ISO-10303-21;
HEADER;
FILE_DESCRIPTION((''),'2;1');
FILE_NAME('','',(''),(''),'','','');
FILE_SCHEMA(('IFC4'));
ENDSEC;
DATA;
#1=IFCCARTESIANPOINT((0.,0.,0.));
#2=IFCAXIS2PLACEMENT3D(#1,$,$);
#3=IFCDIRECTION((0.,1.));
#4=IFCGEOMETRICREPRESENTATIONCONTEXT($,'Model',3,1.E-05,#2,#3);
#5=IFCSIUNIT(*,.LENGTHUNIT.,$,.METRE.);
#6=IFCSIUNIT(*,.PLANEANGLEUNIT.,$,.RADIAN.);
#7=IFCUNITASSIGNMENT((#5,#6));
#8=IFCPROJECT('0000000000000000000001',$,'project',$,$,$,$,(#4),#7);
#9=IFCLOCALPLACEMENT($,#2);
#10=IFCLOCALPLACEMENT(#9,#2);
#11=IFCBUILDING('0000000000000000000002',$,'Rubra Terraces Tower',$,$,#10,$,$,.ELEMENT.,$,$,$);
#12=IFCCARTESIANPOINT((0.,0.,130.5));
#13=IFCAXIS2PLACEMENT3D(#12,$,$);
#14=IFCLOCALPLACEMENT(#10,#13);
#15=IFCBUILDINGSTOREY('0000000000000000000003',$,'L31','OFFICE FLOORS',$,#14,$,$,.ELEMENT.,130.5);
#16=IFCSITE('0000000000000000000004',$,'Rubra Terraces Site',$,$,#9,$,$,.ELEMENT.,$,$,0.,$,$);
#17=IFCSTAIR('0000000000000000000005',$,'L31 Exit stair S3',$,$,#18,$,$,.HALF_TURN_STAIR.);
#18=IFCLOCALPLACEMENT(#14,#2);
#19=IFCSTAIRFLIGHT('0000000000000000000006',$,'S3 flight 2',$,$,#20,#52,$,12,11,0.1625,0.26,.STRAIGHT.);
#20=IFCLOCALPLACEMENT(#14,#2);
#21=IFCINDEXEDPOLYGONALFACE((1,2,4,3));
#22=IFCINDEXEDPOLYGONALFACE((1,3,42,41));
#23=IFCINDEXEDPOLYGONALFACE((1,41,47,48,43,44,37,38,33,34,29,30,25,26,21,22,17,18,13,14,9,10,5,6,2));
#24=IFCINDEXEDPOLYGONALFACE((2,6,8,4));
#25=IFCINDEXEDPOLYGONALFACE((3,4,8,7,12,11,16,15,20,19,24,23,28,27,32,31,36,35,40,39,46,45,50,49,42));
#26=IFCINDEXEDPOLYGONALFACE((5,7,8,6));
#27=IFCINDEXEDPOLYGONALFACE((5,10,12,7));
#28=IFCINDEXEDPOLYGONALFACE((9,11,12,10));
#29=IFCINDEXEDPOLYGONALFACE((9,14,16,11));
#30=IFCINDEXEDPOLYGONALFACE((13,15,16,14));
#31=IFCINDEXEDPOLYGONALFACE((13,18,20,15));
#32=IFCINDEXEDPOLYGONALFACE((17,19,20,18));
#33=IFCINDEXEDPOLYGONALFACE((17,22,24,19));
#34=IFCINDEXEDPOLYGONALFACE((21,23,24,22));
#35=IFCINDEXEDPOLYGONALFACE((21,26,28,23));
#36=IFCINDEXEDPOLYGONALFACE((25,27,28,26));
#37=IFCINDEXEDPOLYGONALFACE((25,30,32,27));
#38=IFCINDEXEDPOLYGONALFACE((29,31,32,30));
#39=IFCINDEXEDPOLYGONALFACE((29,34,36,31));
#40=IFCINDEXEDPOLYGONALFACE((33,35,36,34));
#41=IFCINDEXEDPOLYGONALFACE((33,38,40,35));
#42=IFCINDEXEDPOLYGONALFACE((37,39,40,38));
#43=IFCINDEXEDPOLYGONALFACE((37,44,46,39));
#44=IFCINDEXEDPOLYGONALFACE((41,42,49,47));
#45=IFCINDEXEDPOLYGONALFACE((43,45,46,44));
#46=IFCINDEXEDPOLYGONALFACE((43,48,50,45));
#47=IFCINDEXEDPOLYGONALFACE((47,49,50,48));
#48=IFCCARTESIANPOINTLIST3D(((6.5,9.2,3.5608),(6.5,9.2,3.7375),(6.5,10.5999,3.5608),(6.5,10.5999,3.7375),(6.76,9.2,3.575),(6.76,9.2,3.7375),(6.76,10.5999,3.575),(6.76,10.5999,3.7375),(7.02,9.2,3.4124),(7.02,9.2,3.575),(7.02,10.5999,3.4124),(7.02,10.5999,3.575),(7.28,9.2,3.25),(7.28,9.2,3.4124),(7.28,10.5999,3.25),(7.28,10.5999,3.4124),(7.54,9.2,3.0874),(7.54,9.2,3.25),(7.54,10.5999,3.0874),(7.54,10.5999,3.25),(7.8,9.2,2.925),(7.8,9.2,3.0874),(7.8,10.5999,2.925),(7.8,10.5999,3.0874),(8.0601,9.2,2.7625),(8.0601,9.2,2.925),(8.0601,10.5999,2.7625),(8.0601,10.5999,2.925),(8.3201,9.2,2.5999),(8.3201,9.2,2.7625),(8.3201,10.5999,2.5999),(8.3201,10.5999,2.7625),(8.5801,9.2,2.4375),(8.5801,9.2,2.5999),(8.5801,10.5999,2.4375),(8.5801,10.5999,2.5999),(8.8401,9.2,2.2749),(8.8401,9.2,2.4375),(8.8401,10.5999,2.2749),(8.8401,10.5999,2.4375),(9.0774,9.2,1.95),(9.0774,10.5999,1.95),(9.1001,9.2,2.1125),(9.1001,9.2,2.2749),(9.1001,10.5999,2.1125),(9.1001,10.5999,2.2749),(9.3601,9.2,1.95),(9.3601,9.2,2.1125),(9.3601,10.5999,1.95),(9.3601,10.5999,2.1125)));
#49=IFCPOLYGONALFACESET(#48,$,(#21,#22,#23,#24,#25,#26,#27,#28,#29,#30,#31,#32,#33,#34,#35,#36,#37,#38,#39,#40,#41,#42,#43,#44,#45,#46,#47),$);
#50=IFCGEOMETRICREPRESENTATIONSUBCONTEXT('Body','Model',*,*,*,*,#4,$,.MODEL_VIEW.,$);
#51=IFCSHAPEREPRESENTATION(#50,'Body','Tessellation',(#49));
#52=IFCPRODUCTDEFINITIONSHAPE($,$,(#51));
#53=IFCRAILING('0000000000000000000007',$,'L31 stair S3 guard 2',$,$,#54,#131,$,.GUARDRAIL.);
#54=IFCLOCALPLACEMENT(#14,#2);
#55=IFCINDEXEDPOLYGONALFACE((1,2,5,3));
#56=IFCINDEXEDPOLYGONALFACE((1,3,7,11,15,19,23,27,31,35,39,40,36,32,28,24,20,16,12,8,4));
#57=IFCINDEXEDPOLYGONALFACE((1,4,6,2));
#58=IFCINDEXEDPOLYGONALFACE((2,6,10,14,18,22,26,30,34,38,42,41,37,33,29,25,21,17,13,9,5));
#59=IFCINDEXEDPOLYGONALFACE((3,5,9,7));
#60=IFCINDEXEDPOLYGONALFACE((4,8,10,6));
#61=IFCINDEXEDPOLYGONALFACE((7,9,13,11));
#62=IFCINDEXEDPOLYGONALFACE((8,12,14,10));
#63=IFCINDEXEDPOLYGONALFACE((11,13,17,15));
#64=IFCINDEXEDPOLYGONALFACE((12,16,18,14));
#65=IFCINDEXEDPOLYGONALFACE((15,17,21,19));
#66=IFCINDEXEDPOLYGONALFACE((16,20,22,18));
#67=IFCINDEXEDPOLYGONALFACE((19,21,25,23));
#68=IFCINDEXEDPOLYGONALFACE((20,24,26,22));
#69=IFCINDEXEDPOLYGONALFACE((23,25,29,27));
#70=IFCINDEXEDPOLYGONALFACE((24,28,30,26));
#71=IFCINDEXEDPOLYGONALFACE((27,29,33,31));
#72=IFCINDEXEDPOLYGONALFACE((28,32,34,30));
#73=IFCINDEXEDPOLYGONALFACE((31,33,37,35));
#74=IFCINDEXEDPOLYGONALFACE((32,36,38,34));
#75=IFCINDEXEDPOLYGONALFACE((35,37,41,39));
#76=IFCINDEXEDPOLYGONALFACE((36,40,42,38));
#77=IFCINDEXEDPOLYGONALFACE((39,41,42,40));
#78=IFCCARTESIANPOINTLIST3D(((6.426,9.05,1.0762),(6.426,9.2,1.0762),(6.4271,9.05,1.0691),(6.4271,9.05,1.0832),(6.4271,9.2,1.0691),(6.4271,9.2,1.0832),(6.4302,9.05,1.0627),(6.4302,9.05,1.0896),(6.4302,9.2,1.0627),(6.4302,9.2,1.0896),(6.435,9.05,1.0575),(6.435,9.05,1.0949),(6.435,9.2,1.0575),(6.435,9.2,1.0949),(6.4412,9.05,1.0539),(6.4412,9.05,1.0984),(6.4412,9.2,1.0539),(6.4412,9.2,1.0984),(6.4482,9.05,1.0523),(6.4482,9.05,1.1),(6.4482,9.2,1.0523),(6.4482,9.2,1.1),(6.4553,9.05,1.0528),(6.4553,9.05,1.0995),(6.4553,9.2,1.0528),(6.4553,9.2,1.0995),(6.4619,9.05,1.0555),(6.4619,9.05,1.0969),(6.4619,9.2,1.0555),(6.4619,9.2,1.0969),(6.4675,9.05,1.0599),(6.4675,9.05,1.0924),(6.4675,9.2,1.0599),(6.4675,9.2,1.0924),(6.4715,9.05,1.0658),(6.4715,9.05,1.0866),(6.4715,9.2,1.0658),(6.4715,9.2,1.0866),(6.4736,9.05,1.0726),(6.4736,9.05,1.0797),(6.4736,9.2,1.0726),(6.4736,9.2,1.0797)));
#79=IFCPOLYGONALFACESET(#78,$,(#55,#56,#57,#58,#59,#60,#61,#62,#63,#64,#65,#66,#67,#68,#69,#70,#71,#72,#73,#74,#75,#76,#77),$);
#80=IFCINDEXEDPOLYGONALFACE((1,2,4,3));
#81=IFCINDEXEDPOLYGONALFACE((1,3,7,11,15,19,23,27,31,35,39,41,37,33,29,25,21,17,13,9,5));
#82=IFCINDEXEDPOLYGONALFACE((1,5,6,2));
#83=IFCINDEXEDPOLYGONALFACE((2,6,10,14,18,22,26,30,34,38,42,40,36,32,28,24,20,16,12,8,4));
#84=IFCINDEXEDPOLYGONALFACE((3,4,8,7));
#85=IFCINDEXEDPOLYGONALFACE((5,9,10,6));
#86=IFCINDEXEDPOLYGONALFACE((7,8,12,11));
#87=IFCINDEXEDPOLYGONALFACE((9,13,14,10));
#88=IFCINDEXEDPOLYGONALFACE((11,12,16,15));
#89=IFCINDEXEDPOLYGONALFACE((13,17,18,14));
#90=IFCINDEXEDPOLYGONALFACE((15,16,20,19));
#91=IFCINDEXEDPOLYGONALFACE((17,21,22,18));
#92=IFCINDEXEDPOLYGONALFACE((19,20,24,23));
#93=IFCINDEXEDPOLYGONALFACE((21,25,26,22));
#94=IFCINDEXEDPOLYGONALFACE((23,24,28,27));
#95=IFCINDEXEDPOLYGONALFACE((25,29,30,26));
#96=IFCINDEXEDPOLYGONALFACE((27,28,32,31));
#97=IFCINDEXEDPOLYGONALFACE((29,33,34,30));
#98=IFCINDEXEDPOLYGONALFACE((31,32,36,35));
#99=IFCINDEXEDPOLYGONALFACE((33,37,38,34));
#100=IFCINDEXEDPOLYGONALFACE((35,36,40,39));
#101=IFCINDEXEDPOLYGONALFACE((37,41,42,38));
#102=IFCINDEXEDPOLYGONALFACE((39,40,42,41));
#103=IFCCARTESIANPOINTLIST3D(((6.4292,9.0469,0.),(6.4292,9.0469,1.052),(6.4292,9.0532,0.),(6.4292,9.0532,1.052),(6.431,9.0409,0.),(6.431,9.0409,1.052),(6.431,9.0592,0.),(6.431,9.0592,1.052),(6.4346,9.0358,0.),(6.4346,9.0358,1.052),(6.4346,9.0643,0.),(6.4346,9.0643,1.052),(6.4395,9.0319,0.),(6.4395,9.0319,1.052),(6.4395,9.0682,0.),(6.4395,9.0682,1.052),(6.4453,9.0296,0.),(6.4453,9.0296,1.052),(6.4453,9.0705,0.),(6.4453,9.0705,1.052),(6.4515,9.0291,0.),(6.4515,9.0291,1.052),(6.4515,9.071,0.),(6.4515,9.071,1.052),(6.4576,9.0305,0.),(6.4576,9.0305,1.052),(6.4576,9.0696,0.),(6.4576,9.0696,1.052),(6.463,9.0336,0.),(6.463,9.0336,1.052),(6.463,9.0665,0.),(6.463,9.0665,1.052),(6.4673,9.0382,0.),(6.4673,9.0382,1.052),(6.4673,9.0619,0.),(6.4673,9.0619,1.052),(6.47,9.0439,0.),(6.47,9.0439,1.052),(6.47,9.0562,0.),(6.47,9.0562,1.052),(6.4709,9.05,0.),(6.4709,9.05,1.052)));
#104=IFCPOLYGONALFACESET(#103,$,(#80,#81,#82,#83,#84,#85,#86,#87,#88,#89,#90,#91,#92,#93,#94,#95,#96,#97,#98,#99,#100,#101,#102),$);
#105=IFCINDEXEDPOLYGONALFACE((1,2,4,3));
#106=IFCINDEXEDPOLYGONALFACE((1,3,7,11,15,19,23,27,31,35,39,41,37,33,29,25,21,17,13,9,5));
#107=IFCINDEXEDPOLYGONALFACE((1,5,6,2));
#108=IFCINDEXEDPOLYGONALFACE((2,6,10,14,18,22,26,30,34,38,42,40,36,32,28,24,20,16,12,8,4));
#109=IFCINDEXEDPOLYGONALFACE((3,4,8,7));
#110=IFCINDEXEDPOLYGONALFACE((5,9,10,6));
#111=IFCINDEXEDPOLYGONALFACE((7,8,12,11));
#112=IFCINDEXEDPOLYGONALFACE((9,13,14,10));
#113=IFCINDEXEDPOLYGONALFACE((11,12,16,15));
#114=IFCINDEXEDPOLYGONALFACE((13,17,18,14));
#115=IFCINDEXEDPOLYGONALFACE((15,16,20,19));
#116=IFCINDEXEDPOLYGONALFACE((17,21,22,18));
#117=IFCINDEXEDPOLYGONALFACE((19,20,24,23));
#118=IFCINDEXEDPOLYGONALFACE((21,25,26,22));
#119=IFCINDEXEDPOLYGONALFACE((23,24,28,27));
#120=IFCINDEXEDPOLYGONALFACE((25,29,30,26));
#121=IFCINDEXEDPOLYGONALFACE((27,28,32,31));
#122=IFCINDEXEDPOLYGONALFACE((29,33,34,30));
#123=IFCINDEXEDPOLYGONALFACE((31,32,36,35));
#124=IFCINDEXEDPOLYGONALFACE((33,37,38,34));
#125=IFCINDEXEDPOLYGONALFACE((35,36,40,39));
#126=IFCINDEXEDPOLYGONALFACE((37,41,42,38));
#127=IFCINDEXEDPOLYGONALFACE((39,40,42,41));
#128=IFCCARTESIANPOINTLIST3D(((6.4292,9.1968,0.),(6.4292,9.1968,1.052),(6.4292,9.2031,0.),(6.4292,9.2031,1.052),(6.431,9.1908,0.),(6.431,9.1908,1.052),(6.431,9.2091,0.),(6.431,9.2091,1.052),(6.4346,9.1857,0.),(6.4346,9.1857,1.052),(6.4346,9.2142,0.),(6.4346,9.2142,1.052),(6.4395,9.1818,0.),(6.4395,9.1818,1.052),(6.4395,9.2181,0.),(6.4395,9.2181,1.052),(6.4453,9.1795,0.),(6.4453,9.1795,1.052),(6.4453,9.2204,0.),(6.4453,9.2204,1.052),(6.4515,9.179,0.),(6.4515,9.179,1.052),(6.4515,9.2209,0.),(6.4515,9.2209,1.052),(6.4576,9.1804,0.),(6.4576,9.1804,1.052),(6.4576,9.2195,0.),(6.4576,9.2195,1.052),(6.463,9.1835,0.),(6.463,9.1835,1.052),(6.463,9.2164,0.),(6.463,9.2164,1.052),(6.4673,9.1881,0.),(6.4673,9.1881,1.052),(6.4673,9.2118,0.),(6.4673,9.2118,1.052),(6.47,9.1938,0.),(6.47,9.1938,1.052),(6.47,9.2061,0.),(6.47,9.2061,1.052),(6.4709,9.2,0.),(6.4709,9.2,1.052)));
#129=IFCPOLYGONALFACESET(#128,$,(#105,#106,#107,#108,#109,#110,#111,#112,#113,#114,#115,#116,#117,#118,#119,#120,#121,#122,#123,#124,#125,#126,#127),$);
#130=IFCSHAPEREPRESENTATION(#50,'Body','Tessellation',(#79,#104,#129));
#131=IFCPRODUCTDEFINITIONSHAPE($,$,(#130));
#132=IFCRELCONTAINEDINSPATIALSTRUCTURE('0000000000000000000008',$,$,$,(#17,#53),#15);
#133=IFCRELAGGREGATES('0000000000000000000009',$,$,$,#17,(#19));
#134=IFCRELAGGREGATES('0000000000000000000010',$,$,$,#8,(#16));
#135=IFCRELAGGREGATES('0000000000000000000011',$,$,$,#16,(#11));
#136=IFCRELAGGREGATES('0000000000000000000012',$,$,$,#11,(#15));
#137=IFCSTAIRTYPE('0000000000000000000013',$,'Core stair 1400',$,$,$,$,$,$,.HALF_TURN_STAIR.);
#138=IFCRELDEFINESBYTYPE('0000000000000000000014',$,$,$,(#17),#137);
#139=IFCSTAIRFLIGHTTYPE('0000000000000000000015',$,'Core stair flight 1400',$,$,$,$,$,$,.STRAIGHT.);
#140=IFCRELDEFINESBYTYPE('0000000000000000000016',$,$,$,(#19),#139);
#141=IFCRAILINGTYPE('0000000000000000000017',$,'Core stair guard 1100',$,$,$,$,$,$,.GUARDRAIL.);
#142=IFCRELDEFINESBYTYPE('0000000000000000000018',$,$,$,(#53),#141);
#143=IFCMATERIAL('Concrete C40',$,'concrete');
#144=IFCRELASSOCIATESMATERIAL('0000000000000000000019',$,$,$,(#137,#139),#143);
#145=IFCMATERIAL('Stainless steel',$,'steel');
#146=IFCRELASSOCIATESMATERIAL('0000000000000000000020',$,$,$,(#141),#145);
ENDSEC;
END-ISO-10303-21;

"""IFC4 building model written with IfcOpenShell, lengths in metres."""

from ifc_helpers import new_model, si_unit, direction, frame, origin, origin_2d, place, context, subcontext, project, spatial, polyline, circle, outline, extrude, material, type_object, element, aggregate, save


model = new_model("IFC4")

# Units and contexts
model_context = context("Model", 3, precision=1e-05, world=origin(), true_north=direction((0.0, 1.0)))
body_context = subcontext(model_context, "Body", "Model", "MODEL_VIEW")
ifc_project = project(units=[si_unit("LENGTHUNIT", "METRE"), si_unit("PLANEANGLEUNIT", "RADIAN")], contexts=[model_context])

# Site, building, storey
site_placement = place(None, origin())
site = spatial("IfcSite", under=ifc_project, at=site_placement, Name="Rubra Terraces Site", CompositionType="ELEMENT", RefElevation=0.0)
building_placement = place(site_placement, origin())
building = spatial("IfcBuilding", under=site, at=building_placement, Name="Rubra Terraces Tower", CompositionType="ELEMENT")
storey_placement = place(building_placement, frame((0.0, 0.0, 130.5)))
storey = spatial("IfcBuildingStorey", under=building, at=storey_placement, Name="L31", Description="OFFICE FLOORS", CompositionType="ELEMENT", Elevation=130.5)

# Shared definitions
ifc_material_1 = material(Name="Concrete C40", Category="concrete")

# Stair, stair flight
stair_type = type_object("IfcStairType", Name="Core stair 1400", PredefinedType="HALF_TURN_STAIR", material=ifc_material_1)
stair_placement = place(storey_placement, origin())
stair = element("IfcStair", 1, at=stair_placement, inside=storey, type_object=stair_type, Name="L31 Exit stair S3", PredefinedType="HALF_TURN_STAIR")
stair_flight_type = type_object("IfcStairFlightType", Name="Core stair flight 1400", PredefinedType="STRAIGHT", material=ifc_material_1)
stair_flight_1_placement = place(storey_placement, frame((9.3601, 9.8999, 1.95), z_axis=(0.0, 0.0, 1.0), x_axis=(-1.0, 0.0, 0.0)))
stair_flight_1 = element("IfcStairFlight", 2, at=stair_flight_1_placement, type_object=stair_flight_type, Name="S3 flight 2", NumberOfRisers=12, NumberOfTreads=11, PredefinedType="STRAIGHT", RiserHeight=0.1625, TreadLength=0.26, context=body_context, shape_type="SweptSolid", body=[
    extrude(outline(polyline([(0.0, 0.0), (0.0, 0.1626), (0.26, 0.1626), (0.26, 0.325), (0.52, 0.325), (0.52, 0.4875), (0.78, 0.4875), (0.78, 0.6499), (1.04, 0.6499), (1.04, 0.8125), (1.3, 0.8125), (1.3, 0.9751), (1.5601, 0.9751), (1.5601, 1.1375), (1.8201, 1.1375), (1.8201, 1.3), (2.0801, 1.3), (2.0801, 1.4624), (2.3401, 1.4624), (2.3401, 1.625), (2.6001, 1.625), (2.6001, 1.7876), (2.8601, 1.7876), (2.8601, 1.95), (2.8601, 1.6108), (0.2827, 0.0), (0.0, 0.0)])), frame((0.0, 0.7, 0.0), z_axis=(0.0, -1.0, 0.0), x_axis=(1.0, 0.0, 0.0)), (0.0, 0.0, 1.0), 1.3999),
])
aggregate(stair, [stair_flight_1])

# Railing
ifc_material_2 = material(Name="Stainless steel", Category="steel")
railing_type_1 = type_object("IfcRailingType", Name="Core stair guard 1100", PredefinedType="GUARDRAIL", material=ifc_material_2)
railing_1_placement = place(storey_placement, frame((6.45, 9.05, 0.0)))
element("IfcRailing", 3, at=railing_1_placement, inside=storey, type_object=railing_type_1, Name="L31 stair S3 guard 2", PredefinedType="GUARDRAIL", context=body_context, shape_type="SweptSolid", body=[
    extrude(circle(Radius=0.0239, at=origin_2d()), frame((0.0, 0.0, 1.0762), z_axis=(0.0, 1.0, 0.0), x_axis=(-1.0, 0.0, 0.0)), (0.0, 0.0, 1.0), 0.1499),
    extrude(circle(Radius=0.021, at=origin_2d()), origin(), (0.0, 0.0, 1.0), 1.052),
    extrude(circle(Radius=0.021, at=origin_2d()), frame((0.0, 0.1499, 0.0)), (0.0, 0.0, 1.0), 1.052),
])

save(model, "model.ifc")
